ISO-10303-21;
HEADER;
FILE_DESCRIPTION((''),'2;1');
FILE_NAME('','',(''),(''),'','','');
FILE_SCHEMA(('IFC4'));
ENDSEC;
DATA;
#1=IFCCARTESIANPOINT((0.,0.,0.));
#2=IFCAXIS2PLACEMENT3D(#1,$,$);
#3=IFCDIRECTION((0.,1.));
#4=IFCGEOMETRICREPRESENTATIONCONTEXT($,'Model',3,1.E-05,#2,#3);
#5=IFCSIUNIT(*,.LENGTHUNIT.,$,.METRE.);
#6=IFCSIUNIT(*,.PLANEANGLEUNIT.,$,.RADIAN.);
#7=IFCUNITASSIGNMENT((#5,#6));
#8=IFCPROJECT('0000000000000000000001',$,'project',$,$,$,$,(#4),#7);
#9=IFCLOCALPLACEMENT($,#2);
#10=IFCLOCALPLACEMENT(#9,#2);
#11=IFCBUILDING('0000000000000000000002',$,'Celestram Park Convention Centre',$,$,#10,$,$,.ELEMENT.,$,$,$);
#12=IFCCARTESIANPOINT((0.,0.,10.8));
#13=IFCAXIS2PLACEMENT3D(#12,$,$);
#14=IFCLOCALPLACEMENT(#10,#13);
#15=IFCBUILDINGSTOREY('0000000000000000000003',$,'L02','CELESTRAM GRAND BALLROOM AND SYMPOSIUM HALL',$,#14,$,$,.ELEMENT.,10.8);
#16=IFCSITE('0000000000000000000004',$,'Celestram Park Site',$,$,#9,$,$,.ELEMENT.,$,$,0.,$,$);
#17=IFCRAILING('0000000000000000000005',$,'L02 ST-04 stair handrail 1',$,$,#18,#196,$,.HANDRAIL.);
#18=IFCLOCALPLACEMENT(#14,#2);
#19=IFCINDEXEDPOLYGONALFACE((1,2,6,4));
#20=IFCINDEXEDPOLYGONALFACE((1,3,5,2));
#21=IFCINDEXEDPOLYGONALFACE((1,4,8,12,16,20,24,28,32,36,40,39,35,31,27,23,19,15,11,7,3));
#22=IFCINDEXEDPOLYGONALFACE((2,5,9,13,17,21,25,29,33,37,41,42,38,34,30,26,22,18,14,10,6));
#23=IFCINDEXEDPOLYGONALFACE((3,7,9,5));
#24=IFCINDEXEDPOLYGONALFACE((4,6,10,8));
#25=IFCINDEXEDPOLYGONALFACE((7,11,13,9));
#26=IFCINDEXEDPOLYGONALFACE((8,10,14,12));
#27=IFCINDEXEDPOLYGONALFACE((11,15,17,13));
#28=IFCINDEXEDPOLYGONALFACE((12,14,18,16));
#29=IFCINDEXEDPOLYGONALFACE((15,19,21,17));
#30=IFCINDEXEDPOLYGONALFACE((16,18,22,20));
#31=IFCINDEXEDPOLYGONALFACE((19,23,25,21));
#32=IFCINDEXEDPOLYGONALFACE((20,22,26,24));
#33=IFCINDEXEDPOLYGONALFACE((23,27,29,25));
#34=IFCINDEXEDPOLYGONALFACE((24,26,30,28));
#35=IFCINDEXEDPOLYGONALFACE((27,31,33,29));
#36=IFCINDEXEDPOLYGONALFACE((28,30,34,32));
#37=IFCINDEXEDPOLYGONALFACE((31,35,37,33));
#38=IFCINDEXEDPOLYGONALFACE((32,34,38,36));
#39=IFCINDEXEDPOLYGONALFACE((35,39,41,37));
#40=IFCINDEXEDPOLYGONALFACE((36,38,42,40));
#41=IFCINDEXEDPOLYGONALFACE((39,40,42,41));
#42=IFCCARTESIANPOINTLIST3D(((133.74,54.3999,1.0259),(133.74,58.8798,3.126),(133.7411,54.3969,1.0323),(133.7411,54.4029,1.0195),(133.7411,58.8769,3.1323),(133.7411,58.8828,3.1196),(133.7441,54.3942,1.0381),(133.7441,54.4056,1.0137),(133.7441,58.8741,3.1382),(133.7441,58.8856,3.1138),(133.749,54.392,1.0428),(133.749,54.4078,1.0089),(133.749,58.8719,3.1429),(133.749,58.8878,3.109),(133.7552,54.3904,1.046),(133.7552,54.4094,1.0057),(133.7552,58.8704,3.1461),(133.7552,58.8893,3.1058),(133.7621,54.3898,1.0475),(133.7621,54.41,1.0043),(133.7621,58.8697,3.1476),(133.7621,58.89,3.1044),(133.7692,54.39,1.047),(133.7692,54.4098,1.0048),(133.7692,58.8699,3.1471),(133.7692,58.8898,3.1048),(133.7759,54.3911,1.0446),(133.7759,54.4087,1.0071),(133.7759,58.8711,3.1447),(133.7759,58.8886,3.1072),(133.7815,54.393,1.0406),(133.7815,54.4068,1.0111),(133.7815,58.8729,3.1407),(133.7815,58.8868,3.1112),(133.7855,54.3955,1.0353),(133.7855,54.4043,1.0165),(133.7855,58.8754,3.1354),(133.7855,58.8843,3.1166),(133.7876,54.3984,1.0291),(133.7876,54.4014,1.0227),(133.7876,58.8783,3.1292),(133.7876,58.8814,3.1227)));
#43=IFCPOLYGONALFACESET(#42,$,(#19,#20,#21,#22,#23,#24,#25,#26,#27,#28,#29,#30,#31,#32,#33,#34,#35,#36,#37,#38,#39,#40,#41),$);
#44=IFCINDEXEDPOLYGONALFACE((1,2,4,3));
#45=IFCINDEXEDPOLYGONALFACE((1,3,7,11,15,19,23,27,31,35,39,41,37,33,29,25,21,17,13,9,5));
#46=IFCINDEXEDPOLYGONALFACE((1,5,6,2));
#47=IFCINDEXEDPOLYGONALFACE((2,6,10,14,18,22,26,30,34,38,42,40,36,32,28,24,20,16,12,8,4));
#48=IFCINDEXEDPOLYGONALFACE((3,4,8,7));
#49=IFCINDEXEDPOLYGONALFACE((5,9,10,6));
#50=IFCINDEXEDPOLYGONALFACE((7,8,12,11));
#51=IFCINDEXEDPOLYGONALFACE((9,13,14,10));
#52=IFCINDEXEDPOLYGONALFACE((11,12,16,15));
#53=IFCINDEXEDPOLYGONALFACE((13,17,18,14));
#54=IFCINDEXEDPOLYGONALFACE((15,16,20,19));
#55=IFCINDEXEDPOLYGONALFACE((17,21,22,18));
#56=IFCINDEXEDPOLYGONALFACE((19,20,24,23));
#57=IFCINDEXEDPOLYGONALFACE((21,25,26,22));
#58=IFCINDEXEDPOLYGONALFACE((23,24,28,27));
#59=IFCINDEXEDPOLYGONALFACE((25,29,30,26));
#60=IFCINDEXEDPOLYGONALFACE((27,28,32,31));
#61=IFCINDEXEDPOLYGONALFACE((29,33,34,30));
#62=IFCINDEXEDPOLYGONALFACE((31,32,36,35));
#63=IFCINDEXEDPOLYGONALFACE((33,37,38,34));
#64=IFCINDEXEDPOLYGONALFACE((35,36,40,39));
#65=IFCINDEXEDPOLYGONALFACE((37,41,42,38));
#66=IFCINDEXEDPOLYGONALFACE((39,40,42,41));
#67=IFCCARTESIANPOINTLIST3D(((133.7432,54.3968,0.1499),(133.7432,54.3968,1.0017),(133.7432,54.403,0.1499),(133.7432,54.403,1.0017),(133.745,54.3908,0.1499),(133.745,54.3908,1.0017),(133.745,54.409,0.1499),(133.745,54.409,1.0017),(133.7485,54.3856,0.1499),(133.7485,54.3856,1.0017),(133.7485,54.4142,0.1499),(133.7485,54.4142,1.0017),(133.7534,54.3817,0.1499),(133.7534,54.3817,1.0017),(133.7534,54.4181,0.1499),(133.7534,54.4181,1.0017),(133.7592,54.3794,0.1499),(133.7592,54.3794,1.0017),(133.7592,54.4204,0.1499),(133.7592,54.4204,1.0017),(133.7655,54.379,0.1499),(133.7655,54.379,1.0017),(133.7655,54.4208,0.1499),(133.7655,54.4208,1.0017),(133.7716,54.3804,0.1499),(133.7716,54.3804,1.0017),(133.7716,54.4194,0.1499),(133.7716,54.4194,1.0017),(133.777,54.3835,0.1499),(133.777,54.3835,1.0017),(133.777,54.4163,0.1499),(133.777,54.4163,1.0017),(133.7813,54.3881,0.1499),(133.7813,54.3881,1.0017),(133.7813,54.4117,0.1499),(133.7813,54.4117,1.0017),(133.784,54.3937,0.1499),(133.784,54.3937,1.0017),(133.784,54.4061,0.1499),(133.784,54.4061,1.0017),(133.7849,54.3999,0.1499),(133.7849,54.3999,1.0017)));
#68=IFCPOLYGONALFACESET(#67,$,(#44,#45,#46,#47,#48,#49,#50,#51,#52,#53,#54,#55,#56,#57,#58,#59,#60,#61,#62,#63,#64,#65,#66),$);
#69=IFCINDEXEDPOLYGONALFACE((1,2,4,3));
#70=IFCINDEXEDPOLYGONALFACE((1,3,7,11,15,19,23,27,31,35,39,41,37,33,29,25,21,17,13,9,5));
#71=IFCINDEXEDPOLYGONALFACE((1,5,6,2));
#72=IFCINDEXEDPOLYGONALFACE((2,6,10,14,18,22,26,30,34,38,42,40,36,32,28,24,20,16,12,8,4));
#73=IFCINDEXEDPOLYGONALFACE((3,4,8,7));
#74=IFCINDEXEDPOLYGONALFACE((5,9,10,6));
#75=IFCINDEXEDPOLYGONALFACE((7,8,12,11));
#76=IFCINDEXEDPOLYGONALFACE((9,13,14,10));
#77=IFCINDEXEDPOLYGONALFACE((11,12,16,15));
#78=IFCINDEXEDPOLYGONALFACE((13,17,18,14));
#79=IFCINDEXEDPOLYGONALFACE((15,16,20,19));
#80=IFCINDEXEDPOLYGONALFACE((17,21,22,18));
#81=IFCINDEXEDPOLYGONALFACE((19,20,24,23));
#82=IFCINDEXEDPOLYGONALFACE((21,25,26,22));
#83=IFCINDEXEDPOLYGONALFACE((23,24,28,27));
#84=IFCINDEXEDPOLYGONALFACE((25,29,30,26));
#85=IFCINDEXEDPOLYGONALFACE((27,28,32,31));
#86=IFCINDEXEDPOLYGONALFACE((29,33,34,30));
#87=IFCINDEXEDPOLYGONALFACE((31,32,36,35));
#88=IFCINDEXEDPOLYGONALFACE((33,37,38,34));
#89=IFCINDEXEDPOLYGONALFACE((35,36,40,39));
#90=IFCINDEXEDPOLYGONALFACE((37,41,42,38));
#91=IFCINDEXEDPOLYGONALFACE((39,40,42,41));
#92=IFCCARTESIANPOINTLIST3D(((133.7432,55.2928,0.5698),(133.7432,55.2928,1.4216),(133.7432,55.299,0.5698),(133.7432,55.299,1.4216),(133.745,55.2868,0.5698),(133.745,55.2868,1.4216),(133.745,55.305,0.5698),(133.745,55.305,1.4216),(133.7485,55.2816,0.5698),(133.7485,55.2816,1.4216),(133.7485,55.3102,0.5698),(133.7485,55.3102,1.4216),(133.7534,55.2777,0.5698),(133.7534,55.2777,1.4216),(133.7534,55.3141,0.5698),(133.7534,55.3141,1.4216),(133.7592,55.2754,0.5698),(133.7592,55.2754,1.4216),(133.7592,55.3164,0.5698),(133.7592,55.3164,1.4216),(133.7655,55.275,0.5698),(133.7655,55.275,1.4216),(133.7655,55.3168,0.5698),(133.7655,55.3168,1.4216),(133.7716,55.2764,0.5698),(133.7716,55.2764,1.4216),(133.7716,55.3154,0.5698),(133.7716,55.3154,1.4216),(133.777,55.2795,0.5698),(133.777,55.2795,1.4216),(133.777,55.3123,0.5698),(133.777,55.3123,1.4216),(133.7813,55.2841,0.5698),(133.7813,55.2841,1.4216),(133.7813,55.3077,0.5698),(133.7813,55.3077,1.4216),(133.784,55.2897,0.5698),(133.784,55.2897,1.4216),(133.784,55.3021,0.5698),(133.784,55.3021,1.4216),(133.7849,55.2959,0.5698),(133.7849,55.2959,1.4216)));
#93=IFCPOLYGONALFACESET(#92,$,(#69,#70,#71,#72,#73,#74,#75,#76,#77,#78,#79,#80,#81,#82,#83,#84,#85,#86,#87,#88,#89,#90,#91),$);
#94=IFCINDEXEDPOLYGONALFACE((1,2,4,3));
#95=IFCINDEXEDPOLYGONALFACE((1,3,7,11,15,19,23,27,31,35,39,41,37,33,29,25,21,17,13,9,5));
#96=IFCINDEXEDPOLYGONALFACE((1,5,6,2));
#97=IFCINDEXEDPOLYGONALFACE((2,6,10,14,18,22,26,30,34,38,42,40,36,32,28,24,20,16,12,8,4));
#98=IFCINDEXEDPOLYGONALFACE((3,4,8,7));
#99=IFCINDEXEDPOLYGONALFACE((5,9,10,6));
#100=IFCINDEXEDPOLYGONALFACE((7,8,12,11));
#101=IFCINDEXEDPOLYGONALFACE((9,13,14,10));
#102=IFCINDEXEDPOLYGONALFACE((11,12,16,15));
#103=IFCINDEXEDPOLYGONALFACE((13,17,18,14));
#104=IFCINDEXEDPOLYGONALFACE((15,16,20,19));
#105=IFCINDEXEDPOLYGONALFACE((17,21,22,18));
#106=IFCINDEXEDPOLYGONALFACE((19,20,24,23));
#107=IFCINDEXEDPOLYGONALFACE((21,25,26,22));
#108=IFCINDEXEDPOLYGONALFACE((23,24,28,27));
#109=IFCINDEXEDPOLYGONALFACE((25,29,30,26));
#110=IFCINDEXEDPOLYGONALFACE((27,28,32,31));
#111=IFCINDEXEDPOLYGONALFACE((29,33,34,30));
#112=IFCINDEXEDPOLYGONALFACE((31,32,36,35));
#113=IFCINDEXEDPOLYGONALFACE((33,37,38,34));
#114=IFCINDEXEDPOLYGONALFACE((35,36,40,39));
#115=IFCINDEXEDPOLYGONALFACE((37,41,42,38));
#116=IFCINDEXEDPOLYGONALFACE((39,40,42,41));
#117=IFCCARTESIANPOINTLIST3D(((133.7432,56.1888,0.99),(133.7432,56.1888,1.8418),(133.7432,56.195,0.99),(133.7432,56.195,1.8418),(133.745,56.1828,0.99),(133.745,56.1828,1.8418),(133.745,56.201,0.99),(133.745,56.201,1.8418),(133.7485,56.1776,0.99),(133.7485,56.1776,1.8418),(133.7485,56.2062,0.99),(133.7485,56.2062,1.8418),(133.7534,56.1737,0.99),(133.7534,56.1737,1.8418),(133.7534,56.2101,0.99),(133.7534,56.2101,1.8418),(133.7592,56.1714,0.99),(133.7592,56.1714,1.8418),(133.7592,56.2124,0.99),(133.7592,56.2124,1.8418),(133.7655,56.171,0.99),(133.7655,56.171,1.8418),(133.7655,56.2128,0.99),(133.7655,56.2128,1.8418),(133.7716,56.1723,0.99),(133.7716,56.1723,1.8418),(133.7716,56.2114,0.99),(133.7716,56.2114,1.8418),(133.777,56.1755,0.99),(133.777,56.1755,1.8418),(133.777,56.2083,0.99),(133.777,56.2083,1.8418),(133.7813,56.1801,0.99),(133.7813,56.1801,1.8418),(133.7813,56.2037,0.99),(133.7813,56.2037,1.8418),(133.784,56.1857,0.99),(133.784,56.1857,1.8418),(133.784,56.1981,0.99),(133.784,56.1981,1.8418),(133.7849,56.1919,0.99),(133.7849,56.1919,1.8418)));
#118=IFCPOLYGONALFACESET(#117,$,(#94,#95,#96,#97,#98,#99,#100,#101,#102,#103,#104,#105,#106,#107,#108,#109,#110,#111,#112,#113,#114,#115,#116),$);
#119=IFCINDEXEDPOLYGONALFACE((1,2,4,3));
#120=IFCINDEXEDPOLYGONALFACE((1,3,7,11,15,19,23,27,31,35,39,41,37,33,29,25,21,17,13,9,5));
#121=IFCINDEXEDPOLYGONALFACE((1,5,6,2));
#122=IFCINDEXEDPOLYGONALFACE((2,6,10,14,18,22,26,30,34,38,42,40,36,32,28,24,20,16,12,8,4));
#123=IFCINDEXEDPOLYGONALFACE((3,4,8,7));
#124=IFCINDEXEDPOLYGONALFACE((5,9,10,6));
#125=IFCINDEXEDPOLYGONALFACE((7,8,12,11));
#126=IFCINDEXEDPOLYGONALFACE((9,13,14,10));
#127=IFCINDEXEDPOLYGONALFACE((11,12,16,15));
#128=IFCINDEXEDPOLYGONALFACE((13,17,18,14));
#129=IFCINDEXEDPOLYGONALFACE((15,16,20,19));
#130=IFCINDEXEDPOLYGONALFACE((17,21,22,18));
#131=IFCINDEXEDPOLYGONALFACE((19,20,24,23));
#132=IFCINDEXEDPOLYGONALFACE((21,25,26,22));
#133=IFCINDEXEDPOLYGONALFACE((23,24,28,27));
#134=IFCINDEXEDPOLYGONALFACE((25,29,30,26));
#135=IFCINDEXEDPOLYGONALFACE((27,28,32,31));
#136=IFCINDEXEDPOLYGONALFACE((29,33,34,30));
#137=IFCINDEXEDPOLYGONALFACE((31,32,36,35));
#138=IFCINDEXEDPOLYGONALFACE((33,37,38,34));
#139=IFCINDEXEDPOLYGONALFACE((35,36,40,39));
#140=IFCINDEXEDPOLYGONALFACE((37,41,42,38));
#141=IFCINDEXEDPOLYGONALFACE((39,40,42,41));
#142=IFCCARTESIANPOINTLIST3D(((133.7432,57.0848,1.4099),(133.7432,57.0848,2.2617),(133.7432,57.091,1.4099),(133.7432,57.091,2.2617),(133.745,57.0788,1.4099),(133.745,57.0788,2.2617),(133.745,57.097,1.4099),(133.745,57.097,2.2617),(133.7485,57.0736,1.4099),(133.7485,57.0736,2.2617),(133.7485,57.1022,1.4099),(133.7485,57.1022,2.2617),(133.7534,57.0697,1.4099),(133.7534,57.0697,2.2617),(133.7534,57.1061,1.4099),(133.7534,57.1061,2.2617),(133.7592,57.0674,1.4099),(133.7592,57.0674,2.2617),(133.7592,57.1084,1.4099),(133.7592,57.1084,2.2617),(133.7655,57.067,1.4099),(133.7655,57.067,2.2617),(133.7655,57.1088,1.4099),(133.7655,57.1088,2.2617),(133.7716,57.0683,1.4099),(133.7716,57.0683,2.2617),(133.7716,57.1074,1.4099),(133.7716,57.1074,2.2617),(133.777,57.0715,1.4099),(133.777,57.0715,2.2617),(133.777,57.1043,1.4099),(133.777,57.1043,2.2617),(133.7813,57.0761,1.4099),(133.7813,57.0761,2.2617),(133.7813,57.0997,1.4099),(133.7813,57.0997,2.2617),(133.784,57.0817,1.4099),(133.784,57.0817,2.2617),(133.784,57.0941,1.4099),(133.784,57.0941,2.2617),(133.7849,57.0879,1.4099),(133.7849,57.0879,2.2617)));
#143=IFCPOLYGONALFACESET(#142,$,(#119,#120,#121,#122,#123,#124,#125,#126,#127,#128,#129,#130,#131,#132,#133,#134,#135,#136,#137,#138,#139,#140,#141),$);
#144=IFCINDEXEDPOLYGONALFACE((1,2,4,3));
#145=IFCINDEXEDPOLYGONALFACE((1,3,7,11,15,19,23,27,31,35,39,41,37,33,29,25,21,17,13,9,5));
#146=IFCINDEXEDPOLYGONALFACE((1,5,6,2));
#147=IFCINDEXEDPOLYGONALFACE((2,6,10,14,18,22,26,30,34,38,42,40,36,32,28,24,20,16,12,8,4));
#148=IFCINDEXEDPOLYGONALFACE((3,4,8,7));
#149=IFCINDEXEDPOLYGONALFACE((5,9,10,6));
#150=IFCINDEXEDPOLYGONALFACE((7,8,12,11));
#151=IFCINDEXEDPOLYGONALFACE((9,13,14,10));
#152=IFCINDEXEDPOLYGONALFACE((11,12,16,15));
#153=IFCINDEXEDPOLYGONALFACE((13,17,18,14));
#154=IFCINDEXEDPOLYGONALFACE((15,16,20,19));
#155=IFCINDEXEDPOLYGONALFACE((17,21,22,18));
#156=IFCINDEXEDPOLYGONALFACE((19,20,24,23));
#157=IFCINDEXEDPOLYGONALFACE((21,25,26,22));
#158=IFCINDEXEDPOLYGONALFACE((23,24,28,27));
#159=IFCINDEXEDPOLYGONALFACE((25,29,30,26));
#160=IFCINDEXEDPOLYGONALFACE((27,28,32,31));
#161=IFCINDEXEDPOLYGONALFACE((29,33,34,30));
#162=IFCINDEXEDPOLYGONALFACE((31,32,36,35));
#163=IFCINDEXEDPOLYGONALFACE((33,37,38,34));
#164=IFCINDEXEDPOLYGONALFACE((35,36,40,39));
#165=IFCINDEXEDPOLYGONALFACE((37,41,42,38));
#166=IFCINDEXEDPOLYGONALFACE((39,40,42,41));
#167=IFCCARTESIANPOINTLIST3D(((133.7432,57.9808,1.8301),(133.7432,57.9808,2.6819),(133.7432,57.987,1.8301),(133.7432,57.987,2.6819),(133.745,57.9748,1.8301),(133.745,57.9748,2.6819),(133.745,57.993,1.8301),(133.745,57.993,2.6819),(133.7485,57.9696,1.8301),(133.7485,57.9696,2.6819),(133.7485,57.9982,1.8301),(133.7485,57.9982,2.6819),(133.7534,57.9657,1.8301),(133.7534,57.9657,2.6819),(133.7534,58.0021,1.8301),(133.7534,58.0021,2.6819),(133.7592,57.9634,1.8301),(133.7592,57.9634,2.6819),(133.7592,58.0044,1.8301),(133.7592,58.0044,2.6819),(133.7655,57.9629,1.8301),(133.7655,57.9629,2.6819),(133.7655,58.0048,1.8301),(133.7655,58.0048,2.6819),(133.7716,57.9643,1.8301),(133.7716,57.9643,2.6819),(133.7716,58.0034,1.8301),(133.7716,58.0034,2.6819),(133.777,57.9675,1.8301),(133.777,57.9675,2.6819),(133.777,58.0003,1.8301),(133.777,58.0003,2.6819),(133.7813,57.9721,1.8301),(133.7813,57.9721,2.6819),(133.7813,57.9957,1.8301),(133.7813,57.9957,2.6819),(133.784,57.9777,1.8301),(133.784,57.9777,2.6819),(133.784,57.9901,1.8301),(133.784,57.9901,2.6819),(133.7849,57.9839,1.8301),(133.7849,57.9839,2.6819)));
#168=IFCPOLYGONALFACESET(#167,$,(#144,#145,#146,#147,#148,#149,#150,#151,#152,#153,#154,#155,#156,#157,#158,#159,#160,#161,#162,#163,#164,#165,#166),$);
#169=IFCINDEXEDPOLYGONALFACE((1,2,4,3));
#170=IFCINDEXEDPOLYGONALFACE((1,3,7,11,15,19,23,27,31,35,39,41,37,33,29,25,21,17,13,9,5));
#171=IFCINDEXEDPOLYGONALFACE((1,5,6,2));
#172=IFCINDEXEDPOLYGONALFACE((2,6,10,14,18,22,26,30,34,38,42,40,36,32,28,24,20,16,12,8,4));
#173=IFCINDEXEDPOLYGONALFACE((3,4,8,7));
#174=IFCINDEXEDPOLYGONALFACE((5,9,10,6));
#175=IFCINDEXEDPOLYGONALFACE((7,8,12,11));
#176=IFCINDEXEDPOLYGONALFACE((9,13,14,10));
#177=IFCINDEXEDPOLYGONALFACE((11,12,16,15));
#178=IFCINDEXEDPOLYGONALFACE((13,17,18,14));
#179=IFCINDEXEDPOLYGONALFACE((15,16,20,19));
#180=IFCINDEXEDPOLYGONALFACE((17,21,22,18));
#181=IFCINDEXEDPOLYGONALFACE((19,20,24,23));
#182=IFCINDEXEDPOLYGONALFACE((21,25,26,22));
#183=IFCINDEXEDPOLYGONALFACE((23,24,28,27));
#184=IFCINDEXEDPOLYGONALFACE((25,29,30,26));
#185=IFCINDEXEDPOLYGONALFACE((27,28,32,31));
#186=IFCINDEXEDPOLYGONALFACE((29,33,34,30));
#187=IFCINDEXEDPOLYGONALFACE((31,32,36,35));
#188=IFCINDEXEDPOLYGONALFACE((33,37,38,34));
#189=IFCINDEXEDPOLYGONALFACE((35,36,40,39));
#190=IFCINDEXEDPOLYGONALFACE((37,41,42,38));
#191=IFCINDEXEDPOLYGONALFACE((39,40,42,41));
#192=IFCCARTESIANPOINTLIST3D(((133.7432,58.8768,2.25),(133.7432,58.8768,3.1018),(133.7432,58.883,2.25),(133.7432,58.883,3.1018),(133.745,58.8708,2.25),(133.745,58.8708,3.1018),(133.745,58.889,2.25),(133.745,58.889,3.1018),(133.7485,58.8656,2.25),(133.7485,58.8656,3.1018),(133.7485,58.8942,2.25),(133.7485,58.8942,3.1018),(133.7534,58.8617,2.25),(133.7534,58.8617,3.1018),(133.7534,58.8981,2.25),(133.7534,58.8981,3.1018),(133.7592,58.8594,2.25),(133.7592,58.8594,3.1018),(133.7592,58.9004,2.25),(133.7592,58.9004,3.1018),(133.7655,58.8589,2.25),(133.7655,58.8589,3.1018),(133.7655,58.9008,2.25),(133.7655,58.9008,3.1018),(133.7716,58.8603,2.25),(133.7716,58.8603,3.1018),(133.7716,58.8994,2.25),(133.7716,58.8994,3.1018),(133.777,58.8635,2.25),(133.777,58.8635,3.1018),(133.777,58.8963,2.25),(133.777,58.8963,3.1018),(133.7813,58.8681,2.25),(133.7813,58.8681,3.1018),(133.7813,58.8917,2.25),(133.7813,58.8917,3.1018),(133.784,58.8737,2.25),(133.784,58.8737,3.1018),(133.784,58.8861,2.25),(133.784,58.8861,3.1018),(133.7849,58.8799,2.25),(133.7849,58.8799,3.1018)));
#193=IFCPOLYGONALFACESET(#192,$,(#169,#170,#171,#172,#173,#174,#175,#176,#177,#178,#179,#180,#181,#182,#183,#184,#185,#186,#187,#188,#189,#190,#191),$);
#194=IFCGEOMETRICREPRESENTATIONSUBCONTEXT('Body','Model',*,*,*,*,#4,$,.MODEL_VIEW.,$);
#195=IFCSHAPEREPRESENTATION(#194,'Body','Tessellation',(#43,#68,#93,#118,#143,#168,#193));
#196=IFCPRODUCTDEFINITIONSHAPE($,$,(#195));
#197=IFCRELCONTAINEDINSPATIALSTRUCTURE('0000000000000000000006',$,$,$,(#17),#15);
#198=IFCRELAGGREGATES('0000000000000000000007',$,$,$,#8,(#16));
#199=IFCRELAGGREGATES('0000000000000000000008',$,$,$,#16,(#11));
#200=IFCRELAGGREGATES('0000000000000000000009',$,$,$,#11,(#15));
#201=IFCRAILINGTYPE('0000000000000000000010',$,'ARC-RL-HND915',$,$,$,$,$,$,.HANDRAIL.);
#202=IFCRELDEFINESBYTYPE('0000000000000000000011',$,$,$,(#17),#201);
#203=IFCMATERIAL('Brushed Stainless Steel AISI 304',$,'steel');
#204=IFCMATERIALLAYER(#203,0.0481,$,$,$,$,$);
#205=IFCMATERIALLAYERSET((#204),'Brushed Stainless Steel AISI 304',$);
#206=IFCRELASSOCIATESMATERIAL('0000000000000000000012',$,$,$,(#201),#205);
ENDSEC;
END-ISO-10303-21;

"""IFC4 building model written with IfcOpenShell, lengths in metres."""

from ifc_helpers import new_model, si_unit, direction, frame, origin, origin_2d, place, context, subcontext, project, spatial, circle, extrude, material, layer, layer_set, type_object, element, save


model = new_model("IFC4")

# Units and contexts
model_context = context("Model", 3, precision=1e-05, world=origin(), true_north=direction((0.0, 1.0)))
body_context = subcontext(model_context, "Body", "Model", "MODEL_VIEW")
ifc_project = project(units=[si_unit("LENGTHUNIT", "METRE"), si_unit("PLANEANGLEUNIT", "RADIAN")], contexts=[model_context])

# Site, building, storey
site_placement = place(None, origin())
site = spatial("IfcSite", under=ifc_project, at=site_placement, Name="Celestram Park Site", CompositionType="ELEMENT", RefElevation=0.0)
building_placement = place(site_placement, origin())
building = spatial("IfcBuilding", under=site, at=building_placement, Name="Celestram Park Convention Centre", CompositionType="ELEMENT")
storey_placement = place(building_placement, frame((0.0, 0.0, 10.8)))
storey = spatial("IfcBuildingStorey", under=building, at=storey_placement, Name="L02", Description="CELESTRAM GRAND BALLROOM AND SYMPOSIUM HALL", CompositionType="ELEMENT", Elevation=10.8)

# Shared definitions
ifc_material_1 = material(Name="Brushed Stainless Steel AISI 304", Category="steel")

# Railing
ifc_layer_1 = layer(ifc_material_1, 0.0481)
ifc_layer_set_1 = layer_set([ifc_layer_1], Name="Brushed Stainless Steel AISI 304")
railing_type_1 = type_object("IfcRailingType", Name="ARC-RL-HND915", PredefinedType="HANDRAIL", material=ifc_layer_set_1)
railing_1_placement = place(storey_placement, frame((133.7639, 54.3999, 0.1499)))
element("IfcRailing", 1, at=railing_1_placement, inside=storey, type_object=railing_type_1, Name="L02 ST-04 stair handrail 1", PredefinedType="HANDRAIL", context=body_context, shape_type="SweptSolid", body=[
    extrude(circle(Radius=0.0239, at=origin_2d()), frame((0.0, 0.0, 0.876), z_axis=(0.0, 0.905451, 0.424452), x_axis=(-1.0, 0.0, 0.0)), (0.0, 0.0, 1.0), 4.9478),
    extrude(circle(Radius=0.021, at=origin_2d()), origin(), (0.0, 0.0, 1.0), 0.8518),
    extrude(circle(Radius=0.021, at=origin_2d()), frame((0.0, 0.896, 0.4199)), (0.0, 0.0, 1.0), 0.8518),
    extrude(circle(Radius=0.021, at=origin_2d()), frame((0.0, 1.792, 0.8401)), (0.0, 0.0, 1.0), 0.8518),
    extrude(circle(Radius=0.021, at=origin_2d()), frame((0.0, 2.688, 1.26)), (0.0, 0.0, 1.0), 0.8518),
    extrude(circle(Radius=0.021, at=origin_2d()), frame((0.0, 3.584, 1.6802)), (0.0, 0.0, 1.0), 0.8518),
    extrude(circle(Radius=0.021, at=origin_2d()), frame((0.0, 4.48, 2.1001)), (0.0, 0.0, 1.0), 0.8518),
])

save(model, "model.ifc")
